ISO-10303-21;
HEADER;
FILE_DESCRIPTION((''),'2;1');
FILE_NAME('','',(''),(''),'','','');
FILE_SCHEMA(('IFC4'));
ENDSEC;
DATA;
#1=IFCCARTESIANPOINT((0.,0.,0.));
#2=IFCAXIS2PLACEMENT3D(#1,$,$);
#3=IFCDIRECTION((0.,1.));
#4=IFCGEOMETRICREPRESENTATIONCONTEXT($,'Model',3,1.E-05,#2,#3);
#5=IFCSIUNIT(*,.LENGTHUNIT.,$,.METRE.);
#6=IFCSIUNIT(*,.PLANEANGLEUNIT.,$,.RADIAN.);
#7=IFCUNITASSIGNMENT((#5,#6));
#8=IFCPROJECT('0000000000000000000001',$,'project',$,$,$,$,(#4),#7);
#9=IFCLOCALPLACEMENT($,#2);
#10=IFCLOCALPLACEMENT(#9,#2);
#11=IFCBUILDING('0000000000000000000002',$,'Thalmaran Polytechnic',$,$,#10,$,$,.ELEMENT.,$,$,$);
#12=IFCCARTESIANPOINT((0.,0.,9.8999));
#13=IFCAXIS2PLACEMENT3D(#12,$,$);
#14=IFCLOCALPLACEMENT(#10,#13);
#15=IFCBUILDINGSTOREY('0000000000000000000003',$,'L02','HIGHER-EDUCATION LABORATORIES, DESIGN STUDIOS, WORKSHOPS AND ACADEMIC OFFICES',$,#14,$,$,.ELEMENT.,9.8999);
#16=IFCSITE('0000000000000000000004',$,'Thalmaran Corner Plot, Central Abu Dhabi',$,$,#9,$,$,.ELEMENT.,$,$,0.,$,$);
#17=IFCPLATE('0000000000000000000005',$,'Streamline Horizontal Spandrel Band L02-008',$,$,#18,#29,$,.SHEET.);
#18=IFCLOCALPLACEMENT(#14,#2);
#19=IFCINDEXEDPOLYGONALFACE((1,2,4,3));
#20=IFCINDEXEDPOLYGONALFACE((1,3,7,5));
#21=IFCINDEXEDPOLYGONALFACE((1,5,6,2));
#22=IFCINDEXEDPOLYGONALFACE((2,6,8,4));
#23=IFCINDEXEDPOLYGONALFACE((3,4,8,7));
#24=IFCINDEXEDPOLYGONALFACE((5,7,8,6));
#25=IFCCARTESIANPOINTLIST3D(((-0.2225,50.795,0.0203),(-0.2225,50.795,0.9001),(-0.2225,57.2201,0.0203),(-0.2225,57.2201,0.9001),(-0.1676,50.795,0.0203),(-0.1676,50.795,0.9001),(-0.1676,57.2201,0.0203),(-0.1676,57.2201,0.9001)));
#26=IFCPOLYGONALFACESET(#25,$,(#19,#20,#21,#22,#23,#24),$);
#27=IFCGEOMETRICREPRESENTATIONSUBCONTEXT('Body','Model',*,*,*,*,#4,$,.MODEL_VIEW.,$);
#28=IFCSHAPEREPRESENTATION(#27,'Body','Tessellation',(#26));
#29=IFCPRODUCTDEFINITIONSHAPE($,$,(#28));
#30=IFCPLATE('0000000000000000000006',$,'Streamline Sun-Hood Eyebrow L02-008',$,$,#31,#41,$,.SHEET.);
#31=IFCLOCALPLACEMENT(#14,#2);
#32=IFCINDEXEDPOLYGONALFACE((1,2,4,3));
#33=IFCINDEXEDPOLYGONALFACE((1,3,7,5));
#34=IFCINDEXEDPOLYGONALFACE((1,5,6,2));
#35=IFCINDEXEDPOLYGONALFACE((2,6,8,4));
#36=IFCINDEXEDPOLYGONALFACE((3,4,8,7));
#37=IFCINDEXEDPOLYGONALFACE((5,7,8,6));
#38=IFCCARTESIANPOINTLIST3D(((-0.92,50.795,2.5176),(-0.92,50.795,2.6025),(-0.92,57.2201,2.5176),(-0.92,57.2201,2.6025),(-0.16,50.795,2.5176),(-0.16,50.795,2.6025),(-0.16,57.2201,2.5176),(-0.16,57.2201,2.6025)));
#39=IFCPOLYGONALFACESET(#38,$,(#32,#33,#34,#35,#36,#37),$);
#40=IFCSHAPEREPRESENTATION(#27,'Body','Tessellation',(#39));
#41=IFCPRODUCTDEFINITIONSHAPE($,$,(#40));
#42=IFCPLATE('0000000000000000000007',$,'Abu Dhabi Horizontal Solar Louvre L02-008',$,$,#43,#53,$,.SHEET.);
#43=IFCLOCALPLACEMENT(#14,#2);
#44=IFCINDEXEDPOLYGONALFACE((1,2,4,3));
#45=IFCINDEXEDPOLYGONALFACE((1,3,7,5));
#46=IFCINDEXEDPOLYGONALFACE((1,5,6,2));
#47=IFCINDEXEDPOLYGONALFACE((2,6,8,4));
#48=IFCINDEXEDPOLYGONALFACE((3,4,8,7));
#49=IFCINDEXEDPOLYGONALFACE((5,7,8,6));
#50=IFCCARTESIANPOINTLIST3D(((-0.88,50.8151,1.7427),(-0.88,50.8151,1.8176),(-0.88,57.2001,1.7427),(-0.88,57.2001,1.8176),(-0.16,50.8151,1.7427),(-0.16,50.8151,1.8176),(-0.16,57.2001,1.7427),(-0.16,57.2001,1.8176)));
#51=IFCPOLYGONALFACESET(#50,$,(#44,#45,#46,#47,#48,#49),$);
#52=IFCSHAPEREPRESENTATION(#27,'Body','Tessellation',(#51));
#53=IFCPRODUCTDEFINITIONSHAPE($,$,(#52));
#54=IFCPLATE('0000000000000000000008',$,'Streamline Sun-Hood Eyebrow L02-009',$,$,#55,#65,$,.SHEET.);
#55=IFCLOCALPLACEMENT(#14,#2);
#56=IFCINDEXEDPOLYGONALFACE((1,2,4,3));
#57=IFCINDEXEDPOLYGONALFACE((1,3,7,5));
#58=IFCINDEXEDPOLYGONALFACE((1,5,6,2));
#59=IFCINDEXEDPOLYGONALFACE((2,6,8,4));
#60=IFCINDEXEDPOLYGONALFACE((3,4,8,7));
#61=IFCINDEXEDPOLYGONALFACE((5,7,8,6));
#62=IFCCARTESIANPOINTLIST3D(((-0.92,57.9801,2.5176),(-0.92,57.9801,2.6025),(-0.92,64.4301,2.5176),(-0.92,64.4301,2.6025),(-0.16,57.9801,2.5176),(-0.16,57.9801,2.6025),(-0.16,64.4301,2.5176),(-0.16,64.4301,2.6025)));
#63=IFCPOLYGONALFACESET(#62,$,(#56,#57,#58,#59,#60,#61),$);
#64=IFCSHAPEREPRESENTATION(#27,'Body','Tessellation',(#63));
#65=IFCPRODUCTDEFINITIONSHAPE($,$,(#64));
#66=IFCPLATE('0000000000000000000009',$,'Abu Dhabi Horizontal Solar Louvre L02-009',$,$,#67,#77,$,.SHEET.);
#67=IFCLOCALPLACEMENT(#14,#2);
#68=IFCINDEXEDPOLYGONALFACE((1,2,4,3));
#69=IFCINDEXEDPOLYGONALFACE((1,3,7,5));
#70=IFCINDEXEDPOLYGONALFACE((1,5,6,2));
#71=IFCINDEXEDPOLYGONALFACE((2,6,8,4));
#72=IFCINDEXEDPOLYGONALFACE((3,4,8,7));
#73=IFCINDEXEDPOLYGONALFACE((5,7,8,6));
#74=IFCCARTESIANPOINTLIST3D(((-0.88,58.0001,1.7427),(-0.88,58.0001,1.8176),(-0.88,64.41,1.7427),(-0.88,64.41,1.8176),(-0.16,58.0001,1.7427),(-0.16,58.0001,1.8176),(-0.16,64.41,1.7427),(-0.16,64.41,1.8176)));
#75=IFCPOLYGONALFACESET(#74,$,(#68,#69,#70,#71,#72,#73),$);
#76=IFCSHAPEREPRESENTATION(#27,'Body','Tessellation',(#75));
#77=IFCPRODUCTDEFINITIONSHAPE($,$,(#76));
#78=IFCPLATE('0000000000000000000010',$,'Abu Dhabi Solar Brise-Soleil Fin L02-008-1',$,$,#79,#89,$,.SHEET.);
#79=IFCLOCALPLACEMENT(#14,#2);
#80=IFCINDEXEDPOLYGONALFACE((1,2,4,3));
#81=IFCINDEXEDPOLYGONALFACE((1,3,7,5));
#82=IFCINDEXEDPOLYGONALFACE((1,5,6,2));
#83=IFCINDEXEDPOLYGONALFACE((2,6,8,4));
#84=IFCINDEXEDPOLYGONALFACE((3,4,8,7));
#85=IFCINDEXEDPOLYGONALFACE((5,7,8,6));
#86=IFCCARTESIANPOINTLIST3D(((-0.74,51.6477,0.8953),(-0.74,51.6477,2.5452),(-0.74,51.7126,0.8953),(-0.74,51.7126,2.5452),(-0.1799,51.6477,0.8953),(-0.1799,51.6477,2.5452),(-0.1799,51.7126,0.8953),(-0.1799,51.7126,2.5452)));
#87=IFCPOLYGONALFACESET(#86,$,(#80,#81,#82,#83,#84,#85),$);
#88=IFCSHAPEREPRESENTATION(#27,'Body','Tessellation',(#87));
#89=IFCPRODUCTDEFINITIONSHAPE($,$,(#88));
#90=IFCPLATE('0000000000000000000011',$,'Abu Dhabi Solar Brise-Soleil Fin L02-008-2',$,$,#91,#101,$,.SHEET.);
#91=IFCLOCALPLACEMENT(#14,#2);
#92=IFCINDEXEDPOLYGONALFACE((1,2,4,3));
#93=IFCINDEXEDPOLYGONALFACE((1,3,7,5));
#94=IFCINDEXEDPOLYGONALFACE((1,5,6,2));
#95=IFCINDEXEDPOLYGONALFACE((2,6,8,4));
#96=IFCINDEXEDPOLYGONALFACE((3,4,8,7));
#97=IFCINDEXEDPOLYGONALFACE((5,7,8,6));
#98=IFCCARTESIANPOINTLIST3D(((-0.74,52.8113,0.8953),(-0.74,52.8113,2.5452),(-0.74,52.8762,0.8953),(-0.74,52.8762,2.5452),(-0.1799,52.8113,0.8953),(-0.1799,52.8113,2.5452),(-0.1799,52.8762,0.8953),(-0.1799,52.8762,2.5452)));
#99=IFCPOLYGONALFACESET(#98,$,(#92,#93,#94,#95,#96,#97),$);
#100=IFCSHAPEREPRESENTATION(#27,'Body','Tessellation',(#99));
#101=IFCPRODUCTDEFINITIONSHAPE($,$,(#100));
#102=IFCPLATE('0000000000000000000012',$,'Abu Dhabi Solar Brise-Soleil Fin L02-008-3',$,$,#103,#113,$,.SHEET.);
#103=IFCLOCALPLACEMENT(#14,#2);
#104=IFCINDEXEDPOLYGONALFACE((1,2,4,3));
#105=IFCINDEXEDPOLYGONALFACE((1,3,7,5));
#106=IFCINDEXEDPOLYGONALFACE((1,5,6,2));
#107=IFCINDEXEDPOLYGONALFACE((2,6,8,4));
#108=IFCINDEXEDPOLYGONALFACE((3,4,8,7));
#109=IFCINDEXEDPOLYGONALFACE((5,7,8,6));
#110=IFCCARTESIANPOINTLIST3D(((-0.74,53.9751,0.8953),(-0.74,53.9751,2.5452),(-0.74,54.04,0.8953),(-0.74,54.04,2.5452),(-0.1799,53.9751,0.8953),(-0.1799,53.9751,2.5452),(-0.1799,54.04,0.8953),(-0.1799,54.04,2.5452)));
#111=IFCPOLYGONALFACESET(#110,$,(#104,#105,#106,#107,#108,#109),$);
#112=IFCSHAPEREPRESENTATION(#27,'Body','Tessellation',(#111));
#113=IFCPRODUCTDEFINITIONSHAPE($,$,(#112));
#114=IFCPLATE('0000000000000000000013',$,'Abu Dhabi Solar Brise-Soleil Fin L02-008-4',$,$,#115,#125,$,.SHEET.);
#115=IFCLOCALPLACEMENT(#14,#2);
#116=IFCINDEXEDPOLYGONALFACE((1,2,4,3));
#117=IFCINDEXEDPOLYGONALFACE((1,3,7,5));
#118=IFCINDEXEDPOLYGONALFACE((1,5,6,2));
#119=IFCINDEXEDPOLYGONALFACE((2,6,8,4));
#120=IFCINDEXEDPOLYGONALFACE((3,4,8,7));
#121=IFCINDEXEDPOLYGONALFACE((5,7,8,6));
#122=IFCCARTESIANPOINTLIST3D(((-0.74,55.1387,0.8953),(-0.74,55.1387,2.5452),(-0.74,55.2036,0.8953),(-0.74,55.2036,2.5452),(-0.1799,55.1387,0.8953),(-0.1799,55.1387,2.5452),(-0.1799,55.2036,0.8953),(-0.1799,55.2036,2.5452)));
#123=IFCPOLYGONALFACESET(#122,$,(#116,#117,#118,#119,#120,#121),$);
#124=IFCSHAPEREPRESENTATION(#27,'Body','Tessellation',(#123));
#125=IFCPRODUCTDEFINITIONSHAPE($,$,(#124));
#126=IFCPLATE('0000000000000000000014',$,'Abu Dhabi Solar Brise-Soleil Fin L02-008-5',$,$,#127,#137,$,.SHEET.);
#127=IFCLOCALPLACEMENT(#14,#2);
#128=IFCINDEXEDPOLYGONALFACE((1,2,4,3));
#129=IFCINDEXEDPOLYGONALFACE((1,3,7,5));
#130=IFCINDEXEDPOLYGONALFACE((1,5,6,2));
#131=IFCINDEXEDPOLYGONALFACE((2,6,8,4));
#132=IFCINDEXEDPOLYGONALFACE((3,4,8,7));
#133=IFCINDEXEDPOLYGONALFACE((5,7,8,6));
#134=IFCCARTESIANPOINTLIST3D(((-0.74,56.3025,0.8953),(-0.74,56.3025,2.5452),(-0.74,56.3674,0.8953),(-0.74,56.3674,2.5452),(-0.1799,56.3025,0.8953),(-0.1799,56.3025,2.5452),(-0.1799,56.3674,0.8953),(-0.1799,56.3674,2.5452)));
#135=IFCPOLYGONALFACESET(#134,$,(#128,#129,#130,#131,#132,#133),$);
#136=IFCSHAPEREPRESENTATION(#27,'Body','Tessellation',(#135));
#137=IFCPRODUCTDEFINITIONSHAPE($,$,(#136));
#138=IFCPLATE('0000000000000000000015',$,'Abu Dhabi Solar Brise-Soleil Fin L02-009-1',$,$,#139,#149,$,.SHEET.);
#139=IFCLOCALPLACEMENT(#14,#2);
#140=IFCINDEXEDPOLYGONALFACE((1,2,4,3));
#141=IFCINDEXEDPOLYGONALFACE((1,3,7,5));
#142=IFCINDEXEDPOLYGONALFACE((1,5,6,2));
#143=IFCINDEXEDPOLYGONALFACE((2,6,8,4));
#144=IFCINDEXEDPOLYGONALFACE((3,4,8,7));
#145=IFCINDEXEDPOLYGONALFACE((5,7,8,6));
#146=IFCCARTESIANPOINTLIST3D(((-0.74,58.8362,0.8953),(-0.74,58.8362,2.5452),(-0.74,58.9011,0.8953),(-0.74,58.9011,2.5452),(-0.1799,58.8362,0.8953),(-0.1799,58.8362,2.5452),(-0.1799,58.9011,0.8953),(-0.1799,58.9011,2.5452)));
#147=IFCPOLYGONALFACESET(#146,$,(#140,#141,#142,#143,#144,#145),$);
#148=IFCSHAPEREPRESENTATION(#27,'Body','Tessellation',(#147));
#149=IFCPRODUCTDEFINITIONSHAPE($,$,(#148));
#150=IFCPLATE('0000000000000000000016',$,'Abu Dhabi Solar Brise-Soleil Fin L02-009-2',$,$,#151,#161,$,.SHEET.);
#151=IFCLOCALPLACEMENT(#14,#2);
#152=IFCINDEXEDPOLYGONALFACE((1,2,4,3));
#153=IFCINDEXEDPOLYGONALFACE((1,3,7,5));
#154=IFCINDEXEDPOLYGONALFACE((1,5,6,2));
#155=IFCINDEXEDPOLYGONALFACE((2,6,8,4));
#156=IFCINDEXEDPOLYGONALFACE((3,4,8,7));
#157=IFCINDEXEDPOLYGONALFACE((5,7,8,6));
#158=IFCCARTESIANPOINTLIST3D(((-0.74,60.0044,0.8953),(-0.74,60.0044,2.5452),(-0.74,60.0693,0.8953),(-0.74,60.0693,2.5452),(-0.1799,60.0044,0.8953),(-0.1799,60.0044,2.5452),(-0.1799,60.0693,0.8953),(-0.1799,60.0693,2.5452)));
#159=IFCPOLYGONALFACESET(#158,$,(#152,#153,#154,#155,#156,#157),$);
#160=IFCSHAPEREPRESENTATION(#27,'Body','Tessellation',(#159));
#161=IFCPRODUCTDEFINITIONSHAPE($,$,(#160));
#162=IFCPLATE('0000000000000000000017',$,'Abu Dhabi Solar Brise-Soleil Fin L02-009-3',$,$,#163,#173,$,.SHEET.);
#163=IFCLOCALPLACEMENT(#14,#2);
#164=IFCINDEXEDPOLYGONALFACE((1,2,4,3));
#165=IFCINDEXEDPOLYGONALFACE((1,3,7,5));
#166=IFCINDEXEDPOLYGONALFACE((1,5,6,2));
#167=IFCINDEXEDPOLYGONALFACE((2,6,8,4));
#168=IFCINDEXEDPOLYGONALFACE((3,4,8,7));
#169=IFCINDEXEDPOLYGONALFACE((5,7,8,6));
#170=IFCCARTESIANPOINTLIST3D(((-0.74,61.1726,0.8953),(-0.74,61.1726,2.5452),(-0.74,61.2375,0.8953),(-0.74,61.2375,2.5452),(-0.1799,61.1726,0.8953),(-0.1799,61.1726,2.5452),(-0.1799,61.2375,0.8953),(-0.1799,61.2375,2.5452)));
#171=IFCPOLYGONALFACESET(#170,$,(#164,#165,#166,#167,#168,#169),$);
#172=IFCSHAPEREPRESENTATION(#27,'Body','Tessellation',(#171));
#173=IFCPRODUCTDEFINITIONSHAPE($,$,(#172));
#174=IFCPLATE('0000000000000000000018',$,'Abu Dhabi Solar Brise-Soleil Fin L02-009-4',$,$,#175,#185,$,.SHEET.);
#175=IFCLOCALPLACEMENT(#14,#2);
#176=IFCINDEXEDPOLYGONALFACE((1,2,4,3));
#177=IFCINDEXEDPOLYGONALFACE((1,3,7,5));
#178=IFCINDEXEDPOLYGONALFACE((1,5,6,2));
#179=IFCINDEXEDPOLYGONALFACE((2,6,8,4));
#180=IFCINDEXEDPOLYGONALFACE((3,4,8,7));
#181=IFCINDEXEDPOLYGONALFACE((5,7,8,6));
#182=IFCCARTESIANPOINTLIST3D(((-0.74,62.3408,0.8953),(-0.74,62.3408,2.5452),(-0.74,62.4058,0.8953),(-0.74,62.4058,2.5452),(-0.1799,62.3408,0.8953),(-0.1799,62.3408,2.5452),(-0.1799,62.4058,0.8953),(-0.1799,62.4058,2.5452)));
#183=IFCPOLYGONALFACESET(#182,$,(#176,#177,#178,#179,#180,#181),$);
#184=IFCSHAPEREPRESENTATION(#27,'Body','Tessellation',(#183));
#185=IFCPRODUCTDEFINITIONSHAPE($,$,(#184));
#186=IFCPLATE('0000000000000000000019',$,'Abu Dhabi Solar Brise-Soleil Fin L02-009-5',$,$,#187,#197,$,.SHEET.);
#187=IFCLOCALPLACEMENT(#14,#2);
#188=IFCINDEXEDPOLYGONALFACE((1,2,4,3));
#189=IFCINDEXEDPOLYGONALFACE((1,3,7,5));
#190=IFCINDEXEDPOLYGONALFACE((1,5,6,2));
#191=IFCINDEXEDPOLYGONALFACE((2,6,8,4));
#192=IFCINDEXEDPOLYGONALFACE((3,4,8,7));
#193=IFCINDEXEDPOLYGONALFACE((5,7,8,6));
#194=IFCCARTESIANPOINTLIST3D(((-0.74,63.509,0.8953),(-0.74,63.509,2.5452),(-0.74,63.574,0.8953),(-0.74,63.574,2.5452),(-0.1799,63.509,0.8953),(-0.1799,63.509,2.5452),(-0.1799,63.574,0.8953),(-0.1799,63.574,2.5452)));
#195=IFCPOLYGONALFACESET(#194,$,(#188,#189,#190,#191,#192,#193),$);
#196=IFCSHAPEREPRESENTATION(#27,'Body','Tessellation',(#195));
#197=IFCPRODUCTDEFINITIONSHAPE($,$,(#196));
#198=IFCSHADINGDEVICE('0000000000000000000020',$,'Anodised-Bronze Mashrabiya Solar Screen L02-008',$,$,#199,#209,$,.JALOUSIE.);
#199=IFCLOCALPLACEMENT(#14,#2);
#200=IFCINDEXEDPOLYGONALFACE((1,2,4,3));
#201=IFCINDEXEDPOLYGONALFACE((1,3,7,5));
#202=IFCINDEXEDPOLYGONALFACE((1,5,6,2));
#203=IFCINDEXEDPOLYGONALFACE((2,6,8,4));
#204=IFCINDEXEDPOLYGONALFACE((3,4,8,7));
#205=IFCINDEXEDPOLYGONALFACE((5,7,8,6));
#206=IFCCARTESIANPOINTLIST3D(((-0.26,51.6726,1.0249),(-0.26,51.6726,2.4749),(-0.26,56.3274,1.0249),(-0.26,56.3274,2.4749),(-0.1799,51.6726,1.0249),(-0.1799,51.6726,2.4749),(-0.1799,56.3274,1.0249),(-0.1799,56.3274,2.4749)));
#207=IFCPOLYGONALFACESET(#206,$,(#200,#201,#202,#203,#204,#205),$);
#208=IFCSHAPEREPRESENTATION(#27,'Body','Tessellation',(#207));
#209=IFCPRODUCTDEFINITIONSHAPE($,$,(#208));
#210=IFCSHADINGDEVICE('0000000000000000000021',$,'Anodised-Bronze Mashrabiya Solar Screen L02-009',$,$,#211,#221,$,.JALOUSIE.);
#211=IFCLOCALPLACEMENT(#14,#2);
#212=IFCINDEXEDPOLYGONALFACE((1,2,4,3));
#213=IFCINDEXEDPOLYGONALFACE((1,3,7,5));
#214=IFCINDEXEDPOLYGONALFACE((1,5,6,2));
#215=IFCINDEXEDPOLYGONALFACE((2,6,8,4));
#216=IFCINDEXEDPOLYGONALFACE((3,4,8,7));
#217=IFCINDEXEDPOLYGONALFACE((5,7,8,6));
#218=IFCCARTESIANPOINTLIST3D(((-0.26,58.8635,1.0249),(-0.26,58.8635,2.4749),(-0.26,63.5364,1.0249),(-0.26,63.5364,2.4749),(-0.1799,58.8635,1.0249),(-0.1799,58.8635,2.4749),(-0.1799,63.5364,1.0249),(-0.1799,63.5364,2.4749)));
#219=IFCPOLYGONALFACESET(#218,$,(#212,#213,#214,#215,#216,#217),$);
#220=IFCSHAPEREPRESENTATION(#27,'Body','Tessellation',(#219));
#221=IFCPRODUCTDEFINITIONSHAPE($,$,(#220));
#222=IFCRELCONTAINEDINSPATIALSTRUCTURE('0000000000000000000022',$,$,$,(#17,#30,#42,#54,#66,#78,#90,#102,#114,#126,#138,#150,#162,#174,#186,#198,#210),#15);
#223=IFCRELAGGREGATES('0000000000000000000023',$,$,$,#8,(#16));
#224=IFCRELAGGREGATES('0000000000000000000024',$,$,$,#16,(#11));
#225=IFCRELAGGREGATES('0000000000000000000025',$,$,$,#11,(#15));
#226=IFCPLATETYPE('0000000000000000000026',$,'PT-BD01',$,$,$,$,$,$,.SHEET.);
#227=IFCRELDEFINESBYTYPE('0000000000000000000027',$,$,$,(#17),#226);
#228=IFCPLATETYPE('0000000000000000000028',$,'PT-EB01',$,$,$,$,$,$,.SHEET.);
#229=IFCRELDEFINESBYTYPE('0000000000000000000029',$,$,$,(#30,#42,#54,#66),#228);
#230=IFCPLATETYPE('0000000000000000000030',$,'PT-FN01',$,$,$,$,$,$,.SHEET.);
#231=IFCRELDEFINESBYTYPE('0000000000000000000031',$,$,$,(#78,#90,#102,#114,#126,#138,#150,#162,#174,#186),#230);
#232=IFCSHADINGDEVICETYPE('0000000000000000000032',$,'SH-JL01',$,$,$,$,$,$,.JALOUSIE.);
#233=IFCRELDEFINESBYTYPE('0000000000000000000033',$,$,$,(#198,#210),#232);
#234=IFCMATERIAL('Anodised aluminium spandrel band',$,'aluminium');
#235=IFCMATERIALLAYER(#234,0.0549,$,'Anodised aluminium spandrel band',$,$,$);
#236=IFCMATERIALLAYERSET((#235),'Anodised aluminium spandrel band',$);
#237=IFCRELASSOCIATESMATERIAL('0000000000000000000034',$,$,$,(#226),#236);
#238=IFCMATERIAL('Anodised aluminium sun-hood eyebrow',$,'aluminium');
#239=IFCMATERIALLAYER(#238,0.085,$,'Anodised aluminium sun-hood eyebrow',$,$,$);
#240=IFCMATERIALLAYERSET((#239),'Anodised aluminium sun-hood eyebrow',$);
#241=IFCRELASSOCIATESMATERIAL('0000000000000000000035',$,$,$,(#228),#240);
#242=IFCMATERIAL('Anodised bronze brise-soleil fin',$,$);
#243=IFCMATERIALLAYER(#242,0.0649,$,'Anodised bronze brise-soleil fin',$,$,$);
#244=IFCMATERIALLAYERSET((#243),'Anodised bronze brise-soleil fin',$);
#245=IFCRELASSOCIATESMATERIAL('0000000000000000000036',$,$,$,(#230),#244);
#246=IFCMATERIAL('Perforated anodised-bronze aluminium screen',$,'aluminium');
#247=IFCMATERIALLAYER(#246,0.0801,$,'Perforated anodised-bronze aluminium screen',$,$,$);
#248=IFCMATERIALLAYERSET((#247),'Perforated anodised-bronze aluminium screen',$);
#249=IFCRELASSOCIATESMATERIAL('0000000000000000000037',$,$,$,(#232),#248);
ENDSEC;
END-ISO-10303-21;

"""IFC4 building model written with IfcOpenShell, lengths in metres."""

from ifc_helpers import new_model, si_unit, direction, frame, origin, origin_2d, place, context, subcontext, project, spatial, rectangle, extrude, material, layer, layer_set, type_object, element, save


model = new_model("IFC4")

# Units and contexts
model_context = context("Model", 3, precision=1e-05, world=origin(), true_north=direction((0.0, 1.0)))
body_context = subcontext(model_context, "Body", "Model", "MODEL_VIEW")
ifc_project = project(units=[si_unit("LENGTHUNIT", "METRE"), si_unit("PLANEANGLEUNIT", "RADIAN")], contexts=[model_context])

# Site, building, storey
site_placement = place(None, origin())
site = spatial("IfcSite", under=ifc_project, at=site_placement, Name="Thalmaran Corner Plot, Central Abu Dhabi", CompositionType="ELEMENT", RefElevation=0.0)
building_placement = place(site_placement, origin())
building = spatial("IfcBuilding", under=site, at=building_placement, Name="Thalmaran Polytechnic", CompositionType="ELEMENT")
storey_placement = place(building_placement, frame((0.0, 0.0, 9.8999)))
storey = spatial("IfcBuildingStorey", under=building, at=storey_placement, Name="L02", Description="HIGHER-EDUCATION LABORATORIES, DESIGN STUDIOS, WORKSHOPS AND ACADEMIC OFFICES", CompositionType="ELEMENT", Elevation=9.8999)

# Plates
ifc_material_1 = material(Name="Anodised aluminium spandrel band", Category="aluminium")
ifc_layer_1 = layer(ifc_material_1, 0.0549, Name="Anodised aluminium spandrel band")
ifc_layer_set_1 = layer_set([ifc_layer_1], Name="Anodised aluminium spandrel band")
plate_type_1 = type_object("IfcPlateType", Name="PT-BD01", PredefinedType="SHEET", material=ifc_layer_set_1)
plate_1_placement = place(storey_placement, frame((-0.1951, 54.0076, 0.0203), z_axis=(0.0, 0.0, 1.0), x_axis=(0.0, 1.0, 0.0)))
element("IfcPlate", 1, at=plate_1_placement, inside=storey, type_object=plate_type_1, Name="Streamline Horizontal Spandrel Band L02-008", PredefinedType="SHEET", context=body_context, shape_type="SweptSolid", body=[
    extrude(rectangle(XDim=6.425, YDim=0.0549, at=origin_2d()), origin(), (0.0, 0.0, 1.0), 0.8799),
])
ifc_material_2 = material(Name="Anodised aluminium sun-hood eyebrow", Category="aluminium")
ifc_layer_2 = layer(ifc_material_2, 0.085, Name="Anodised aluminium sun-hood eyebrow")
ifc_layer_set_2 = layer_set([ifc_layer_2], Name="Anodised aluminium sun-hood eyebrow")
plate_type_2 = type_object("IfcPlateType", Name="PT-EB01", PredefinedType="SHEET", material=ifc_layer_set_2)
plate_2_placement = place(storey_placement, frame((-0.54, 54.0076, 2.5176), z_axis=(0.0, 0.0, 1.0), x_axis=(0.0, 1.0, 0.0)))
element("IfcPlate", 2, at=plate_2_placement, inside=storey, type_object=plate_type_2, Name="Streamline Sun-Hood Eyebrow L02-008", PredefinedType="SHEET", context=body_context, shape_type="SweptSolid", body=[
    extrude(rectangle(XDim=6.425, YDim=0.76, at=origin_2d()), origin(), (0.0, 0.0, 1.0), 0.085),
])
plate_3_placement = place(storey_placement, frame((-0.52, 54.0076, 1.7427), z_axis=(0.0, 0.0, 1.0), x_axis=(0.0, 1.0, 0.0)))
element("IfcPlate", 3, at=plate_3_placement, inside=storey, type_object=plate_type_2, Name="Abu Dhabi Horizontal Solar Louvre L02-008", PredefinedType="SHEET", context=body_context, shape_type="SweptSolid", body=[
    extrude(rectangle(XDim=6.385, YDim=0.72, at=origin_2d()), origin(), (0.0, 0.0, 1.0), 0.075),
])
plate_4_placement = place(storey_placement, frame((-0.54, 61.2051, 2.5176), z_axis=(0.0, 0.0, 1.0), x_axis=(0.0, 1.0, 0.0)))
element("IfcPlate", 4, at=plate_4_placement, inside=storey, type_object=plate_type_2, Name="Streamline Sun-Hood Eyebrow L02-009", PredefinedType="SHEET", context=body_context, shape_type="SweptSolid", body=[
    extrude(rectangle(XDim=6.45, YDim=0.76, at=origin_2d()), origin(), (0.0, 0.0, 1.0), 0.085),
])
plate_5_placement = place(storey_placement, frame((-0.52, 61.2051, 1.7427), z_axis=(0.0, 0.0, 1.0), x_axis=(0.0, 1.0, 0.0)))
element("IfcPlate", 5, at=plate_5_placement, inside=storey, type_object=plate_type_2, Name="Abu Dhabi Horizontal Solar Louvre L02-009", PredefinedType="SHEET", context=body_context, shape_type="SweptSolid", body=[
    extrude(rectangle(XDim=6.4099, YDim=0.72, at=origin_2d()), origin(), (0.0, 0.0, 1.0), 0.075),
])
ifc_material_3 = material(Name="Anodised bronze brise-soleil fin")
ifc_layer_3 = layer(ifc_material_3, 0.0649, Name="Anodised bronze brise-soleil fin")
ifc_layer_set_3 = layer_set([ifc_layer_3], Name="Anodised bronze brise-soleil fin")
plate_type_3 = type_object("IfcPlateType", Name="PT-FN01", PredefinedType="SHEET", material=ifc_layer_set_3)
for number, where, z_axis, x_axis, name in (
    (6, (-0.46, 51.6802, 0.8953), (0.0, 0.0, 1.0), (0.0, 1.0, 0.0), "Abu Dhabi Solar Brise-Soleil Fin L02-008-1"),
    (7, (-0.46, 52.8438, 0.8953), (0.0, 0.0, 1.0), (0.0, 1.0, 0.0), "Abu Dhabi Solar Brise-Soleil Fin L02-008-2"),
    (8, (-0.46, 54.0076, 0.8953), (0.0, 0.0, 1.0), (0.0, 1.0, 0.0), "Abu Dhabi Solar Brise-Soleil Fin L02-008-3"),
    (9, (-0.46, 55.1711, 0.8953), (0.0, 0.0, 1.0), (0.0, 1.0, 0.0), "Abu Dhabi Solar Brise-Soleil Fin L02-008-4"),
    (10, (-0.46, 56.335, 0.8953), (0.0, 0.0, 1.0), (0.0, 1.0, 0.0), "Abu Dhabi Solar Brise-Soleil Fin L02-008-5"),
    (11, (-0.46, 58.8687, 0.8953), (0.0, 0.0, 1.0), (0.0, 1.0, 0.0), "Abu Dhabi Solar Brise-Soleil Fin L02-009-1"),
    (12, (-0.46, 60.0369, 0.8953), (0.0, 0.0, 1.0), (0.0, 1.0, 0.0), "Abu Dhabi Solar Brise-Soleil Fin L02-009-2"),
    (13, (-0.46, 61.2051, 0.8953), (0.0, 0.0, 1.0), (0.0, 1.0, 0.0), "Abu Dhabi Solar Brise-Soleil Fin L02-009-3"),
    (14, (-0.46, 62.3733, 0.8953), (0.0, 0.0, 1.0), (0.0, 1.0, 0.0), "Abu Dhabi Solar Brise-Soleil Fin L02-009-4"),
    (15, (-0.46, 63.5415, 0.8953), (0.0, 0.0, 1.0), (0.0, 1.0, 0.0), "Abu Dhabi Solar Brise-Soleil Fin L02-009-5"),
):
    element("IfcPlate", number, at=place(storey_placement, frame(where, z_axis=z_axis, x_axis=x_axis)), inside=storey, type_object=plate_type_3, Name=name, PredefinedType="SHEET", context=body_context, shape_type="SweptSolid", body=[
        extrude(rectangle(XDim=0.0649, YDim=0.5601, at=origin_2d()), origin(), (0.0, 0.0, 1.0), 1.6499),
    ])

# Shading devices
ifc_material_4 = material(Name="Perforated anodised-bronze aluminium screen", Category="aluminium")
ifc_layer_4 = layer(ifc_material_4, 0.0801, Name="Perforated anodised-bronze aluminium screen")
ifc_layer_set_4 = layer_set([ifc_layer_4], Name="Perforated anodised-bronze aluminium screen")
shading_device_type = type_object("IfcShadingDeviceType", Name="SH-JL01", PredefinedType="JALOUSIE", material=ifc_layer_set_4)
shading_device_1_placement = place(storey_placement, frame((-0.22, 54.0, 1.0249), z_axis=(0.0, 0.0, 1.0), x_axis=(0.0, 1.0, 0.0)))
element("IfcShadingDevice", 16, at=shading_device_1_placement, inside=storey, type_object=shading_device_type, Name="Anodised-Bronze Mashrabiya Solar Screen L02-008", PredefinedType="JALOUSIE", context=body_context, shape_type="SweptSolid", body=[
    extrude(rectangle(XDim=4.6548, YDim=0.0801, at=origin_2d()), origin(), (0.0, 0.0, 1.0), 1.45),
])
shading_device_2_placement = place(storey_placement, frame((-0.22, 61.2, 1.0249), z_axis=(0.0, 0.0, 1.0), x_axis=(0.0, 1.0, 0.0)))
element("IfcShadingDevice", 17, at=shading_device_2_placement, inside=storey, type_object=shading_device_type, Name="Anodised-Bronze Mashrabiya Solar Screen L02-009", PredefinedType="JALOUSIE", context=body_context, shape_type="SweptSolid", body=[
    extrude(rectangle(XDim=4.6729, YDim=0.0801, at=origin_2d()), origin(), (0.0, 0.0, 1.0), 1.45),
])

save(model, "model.ifc")
